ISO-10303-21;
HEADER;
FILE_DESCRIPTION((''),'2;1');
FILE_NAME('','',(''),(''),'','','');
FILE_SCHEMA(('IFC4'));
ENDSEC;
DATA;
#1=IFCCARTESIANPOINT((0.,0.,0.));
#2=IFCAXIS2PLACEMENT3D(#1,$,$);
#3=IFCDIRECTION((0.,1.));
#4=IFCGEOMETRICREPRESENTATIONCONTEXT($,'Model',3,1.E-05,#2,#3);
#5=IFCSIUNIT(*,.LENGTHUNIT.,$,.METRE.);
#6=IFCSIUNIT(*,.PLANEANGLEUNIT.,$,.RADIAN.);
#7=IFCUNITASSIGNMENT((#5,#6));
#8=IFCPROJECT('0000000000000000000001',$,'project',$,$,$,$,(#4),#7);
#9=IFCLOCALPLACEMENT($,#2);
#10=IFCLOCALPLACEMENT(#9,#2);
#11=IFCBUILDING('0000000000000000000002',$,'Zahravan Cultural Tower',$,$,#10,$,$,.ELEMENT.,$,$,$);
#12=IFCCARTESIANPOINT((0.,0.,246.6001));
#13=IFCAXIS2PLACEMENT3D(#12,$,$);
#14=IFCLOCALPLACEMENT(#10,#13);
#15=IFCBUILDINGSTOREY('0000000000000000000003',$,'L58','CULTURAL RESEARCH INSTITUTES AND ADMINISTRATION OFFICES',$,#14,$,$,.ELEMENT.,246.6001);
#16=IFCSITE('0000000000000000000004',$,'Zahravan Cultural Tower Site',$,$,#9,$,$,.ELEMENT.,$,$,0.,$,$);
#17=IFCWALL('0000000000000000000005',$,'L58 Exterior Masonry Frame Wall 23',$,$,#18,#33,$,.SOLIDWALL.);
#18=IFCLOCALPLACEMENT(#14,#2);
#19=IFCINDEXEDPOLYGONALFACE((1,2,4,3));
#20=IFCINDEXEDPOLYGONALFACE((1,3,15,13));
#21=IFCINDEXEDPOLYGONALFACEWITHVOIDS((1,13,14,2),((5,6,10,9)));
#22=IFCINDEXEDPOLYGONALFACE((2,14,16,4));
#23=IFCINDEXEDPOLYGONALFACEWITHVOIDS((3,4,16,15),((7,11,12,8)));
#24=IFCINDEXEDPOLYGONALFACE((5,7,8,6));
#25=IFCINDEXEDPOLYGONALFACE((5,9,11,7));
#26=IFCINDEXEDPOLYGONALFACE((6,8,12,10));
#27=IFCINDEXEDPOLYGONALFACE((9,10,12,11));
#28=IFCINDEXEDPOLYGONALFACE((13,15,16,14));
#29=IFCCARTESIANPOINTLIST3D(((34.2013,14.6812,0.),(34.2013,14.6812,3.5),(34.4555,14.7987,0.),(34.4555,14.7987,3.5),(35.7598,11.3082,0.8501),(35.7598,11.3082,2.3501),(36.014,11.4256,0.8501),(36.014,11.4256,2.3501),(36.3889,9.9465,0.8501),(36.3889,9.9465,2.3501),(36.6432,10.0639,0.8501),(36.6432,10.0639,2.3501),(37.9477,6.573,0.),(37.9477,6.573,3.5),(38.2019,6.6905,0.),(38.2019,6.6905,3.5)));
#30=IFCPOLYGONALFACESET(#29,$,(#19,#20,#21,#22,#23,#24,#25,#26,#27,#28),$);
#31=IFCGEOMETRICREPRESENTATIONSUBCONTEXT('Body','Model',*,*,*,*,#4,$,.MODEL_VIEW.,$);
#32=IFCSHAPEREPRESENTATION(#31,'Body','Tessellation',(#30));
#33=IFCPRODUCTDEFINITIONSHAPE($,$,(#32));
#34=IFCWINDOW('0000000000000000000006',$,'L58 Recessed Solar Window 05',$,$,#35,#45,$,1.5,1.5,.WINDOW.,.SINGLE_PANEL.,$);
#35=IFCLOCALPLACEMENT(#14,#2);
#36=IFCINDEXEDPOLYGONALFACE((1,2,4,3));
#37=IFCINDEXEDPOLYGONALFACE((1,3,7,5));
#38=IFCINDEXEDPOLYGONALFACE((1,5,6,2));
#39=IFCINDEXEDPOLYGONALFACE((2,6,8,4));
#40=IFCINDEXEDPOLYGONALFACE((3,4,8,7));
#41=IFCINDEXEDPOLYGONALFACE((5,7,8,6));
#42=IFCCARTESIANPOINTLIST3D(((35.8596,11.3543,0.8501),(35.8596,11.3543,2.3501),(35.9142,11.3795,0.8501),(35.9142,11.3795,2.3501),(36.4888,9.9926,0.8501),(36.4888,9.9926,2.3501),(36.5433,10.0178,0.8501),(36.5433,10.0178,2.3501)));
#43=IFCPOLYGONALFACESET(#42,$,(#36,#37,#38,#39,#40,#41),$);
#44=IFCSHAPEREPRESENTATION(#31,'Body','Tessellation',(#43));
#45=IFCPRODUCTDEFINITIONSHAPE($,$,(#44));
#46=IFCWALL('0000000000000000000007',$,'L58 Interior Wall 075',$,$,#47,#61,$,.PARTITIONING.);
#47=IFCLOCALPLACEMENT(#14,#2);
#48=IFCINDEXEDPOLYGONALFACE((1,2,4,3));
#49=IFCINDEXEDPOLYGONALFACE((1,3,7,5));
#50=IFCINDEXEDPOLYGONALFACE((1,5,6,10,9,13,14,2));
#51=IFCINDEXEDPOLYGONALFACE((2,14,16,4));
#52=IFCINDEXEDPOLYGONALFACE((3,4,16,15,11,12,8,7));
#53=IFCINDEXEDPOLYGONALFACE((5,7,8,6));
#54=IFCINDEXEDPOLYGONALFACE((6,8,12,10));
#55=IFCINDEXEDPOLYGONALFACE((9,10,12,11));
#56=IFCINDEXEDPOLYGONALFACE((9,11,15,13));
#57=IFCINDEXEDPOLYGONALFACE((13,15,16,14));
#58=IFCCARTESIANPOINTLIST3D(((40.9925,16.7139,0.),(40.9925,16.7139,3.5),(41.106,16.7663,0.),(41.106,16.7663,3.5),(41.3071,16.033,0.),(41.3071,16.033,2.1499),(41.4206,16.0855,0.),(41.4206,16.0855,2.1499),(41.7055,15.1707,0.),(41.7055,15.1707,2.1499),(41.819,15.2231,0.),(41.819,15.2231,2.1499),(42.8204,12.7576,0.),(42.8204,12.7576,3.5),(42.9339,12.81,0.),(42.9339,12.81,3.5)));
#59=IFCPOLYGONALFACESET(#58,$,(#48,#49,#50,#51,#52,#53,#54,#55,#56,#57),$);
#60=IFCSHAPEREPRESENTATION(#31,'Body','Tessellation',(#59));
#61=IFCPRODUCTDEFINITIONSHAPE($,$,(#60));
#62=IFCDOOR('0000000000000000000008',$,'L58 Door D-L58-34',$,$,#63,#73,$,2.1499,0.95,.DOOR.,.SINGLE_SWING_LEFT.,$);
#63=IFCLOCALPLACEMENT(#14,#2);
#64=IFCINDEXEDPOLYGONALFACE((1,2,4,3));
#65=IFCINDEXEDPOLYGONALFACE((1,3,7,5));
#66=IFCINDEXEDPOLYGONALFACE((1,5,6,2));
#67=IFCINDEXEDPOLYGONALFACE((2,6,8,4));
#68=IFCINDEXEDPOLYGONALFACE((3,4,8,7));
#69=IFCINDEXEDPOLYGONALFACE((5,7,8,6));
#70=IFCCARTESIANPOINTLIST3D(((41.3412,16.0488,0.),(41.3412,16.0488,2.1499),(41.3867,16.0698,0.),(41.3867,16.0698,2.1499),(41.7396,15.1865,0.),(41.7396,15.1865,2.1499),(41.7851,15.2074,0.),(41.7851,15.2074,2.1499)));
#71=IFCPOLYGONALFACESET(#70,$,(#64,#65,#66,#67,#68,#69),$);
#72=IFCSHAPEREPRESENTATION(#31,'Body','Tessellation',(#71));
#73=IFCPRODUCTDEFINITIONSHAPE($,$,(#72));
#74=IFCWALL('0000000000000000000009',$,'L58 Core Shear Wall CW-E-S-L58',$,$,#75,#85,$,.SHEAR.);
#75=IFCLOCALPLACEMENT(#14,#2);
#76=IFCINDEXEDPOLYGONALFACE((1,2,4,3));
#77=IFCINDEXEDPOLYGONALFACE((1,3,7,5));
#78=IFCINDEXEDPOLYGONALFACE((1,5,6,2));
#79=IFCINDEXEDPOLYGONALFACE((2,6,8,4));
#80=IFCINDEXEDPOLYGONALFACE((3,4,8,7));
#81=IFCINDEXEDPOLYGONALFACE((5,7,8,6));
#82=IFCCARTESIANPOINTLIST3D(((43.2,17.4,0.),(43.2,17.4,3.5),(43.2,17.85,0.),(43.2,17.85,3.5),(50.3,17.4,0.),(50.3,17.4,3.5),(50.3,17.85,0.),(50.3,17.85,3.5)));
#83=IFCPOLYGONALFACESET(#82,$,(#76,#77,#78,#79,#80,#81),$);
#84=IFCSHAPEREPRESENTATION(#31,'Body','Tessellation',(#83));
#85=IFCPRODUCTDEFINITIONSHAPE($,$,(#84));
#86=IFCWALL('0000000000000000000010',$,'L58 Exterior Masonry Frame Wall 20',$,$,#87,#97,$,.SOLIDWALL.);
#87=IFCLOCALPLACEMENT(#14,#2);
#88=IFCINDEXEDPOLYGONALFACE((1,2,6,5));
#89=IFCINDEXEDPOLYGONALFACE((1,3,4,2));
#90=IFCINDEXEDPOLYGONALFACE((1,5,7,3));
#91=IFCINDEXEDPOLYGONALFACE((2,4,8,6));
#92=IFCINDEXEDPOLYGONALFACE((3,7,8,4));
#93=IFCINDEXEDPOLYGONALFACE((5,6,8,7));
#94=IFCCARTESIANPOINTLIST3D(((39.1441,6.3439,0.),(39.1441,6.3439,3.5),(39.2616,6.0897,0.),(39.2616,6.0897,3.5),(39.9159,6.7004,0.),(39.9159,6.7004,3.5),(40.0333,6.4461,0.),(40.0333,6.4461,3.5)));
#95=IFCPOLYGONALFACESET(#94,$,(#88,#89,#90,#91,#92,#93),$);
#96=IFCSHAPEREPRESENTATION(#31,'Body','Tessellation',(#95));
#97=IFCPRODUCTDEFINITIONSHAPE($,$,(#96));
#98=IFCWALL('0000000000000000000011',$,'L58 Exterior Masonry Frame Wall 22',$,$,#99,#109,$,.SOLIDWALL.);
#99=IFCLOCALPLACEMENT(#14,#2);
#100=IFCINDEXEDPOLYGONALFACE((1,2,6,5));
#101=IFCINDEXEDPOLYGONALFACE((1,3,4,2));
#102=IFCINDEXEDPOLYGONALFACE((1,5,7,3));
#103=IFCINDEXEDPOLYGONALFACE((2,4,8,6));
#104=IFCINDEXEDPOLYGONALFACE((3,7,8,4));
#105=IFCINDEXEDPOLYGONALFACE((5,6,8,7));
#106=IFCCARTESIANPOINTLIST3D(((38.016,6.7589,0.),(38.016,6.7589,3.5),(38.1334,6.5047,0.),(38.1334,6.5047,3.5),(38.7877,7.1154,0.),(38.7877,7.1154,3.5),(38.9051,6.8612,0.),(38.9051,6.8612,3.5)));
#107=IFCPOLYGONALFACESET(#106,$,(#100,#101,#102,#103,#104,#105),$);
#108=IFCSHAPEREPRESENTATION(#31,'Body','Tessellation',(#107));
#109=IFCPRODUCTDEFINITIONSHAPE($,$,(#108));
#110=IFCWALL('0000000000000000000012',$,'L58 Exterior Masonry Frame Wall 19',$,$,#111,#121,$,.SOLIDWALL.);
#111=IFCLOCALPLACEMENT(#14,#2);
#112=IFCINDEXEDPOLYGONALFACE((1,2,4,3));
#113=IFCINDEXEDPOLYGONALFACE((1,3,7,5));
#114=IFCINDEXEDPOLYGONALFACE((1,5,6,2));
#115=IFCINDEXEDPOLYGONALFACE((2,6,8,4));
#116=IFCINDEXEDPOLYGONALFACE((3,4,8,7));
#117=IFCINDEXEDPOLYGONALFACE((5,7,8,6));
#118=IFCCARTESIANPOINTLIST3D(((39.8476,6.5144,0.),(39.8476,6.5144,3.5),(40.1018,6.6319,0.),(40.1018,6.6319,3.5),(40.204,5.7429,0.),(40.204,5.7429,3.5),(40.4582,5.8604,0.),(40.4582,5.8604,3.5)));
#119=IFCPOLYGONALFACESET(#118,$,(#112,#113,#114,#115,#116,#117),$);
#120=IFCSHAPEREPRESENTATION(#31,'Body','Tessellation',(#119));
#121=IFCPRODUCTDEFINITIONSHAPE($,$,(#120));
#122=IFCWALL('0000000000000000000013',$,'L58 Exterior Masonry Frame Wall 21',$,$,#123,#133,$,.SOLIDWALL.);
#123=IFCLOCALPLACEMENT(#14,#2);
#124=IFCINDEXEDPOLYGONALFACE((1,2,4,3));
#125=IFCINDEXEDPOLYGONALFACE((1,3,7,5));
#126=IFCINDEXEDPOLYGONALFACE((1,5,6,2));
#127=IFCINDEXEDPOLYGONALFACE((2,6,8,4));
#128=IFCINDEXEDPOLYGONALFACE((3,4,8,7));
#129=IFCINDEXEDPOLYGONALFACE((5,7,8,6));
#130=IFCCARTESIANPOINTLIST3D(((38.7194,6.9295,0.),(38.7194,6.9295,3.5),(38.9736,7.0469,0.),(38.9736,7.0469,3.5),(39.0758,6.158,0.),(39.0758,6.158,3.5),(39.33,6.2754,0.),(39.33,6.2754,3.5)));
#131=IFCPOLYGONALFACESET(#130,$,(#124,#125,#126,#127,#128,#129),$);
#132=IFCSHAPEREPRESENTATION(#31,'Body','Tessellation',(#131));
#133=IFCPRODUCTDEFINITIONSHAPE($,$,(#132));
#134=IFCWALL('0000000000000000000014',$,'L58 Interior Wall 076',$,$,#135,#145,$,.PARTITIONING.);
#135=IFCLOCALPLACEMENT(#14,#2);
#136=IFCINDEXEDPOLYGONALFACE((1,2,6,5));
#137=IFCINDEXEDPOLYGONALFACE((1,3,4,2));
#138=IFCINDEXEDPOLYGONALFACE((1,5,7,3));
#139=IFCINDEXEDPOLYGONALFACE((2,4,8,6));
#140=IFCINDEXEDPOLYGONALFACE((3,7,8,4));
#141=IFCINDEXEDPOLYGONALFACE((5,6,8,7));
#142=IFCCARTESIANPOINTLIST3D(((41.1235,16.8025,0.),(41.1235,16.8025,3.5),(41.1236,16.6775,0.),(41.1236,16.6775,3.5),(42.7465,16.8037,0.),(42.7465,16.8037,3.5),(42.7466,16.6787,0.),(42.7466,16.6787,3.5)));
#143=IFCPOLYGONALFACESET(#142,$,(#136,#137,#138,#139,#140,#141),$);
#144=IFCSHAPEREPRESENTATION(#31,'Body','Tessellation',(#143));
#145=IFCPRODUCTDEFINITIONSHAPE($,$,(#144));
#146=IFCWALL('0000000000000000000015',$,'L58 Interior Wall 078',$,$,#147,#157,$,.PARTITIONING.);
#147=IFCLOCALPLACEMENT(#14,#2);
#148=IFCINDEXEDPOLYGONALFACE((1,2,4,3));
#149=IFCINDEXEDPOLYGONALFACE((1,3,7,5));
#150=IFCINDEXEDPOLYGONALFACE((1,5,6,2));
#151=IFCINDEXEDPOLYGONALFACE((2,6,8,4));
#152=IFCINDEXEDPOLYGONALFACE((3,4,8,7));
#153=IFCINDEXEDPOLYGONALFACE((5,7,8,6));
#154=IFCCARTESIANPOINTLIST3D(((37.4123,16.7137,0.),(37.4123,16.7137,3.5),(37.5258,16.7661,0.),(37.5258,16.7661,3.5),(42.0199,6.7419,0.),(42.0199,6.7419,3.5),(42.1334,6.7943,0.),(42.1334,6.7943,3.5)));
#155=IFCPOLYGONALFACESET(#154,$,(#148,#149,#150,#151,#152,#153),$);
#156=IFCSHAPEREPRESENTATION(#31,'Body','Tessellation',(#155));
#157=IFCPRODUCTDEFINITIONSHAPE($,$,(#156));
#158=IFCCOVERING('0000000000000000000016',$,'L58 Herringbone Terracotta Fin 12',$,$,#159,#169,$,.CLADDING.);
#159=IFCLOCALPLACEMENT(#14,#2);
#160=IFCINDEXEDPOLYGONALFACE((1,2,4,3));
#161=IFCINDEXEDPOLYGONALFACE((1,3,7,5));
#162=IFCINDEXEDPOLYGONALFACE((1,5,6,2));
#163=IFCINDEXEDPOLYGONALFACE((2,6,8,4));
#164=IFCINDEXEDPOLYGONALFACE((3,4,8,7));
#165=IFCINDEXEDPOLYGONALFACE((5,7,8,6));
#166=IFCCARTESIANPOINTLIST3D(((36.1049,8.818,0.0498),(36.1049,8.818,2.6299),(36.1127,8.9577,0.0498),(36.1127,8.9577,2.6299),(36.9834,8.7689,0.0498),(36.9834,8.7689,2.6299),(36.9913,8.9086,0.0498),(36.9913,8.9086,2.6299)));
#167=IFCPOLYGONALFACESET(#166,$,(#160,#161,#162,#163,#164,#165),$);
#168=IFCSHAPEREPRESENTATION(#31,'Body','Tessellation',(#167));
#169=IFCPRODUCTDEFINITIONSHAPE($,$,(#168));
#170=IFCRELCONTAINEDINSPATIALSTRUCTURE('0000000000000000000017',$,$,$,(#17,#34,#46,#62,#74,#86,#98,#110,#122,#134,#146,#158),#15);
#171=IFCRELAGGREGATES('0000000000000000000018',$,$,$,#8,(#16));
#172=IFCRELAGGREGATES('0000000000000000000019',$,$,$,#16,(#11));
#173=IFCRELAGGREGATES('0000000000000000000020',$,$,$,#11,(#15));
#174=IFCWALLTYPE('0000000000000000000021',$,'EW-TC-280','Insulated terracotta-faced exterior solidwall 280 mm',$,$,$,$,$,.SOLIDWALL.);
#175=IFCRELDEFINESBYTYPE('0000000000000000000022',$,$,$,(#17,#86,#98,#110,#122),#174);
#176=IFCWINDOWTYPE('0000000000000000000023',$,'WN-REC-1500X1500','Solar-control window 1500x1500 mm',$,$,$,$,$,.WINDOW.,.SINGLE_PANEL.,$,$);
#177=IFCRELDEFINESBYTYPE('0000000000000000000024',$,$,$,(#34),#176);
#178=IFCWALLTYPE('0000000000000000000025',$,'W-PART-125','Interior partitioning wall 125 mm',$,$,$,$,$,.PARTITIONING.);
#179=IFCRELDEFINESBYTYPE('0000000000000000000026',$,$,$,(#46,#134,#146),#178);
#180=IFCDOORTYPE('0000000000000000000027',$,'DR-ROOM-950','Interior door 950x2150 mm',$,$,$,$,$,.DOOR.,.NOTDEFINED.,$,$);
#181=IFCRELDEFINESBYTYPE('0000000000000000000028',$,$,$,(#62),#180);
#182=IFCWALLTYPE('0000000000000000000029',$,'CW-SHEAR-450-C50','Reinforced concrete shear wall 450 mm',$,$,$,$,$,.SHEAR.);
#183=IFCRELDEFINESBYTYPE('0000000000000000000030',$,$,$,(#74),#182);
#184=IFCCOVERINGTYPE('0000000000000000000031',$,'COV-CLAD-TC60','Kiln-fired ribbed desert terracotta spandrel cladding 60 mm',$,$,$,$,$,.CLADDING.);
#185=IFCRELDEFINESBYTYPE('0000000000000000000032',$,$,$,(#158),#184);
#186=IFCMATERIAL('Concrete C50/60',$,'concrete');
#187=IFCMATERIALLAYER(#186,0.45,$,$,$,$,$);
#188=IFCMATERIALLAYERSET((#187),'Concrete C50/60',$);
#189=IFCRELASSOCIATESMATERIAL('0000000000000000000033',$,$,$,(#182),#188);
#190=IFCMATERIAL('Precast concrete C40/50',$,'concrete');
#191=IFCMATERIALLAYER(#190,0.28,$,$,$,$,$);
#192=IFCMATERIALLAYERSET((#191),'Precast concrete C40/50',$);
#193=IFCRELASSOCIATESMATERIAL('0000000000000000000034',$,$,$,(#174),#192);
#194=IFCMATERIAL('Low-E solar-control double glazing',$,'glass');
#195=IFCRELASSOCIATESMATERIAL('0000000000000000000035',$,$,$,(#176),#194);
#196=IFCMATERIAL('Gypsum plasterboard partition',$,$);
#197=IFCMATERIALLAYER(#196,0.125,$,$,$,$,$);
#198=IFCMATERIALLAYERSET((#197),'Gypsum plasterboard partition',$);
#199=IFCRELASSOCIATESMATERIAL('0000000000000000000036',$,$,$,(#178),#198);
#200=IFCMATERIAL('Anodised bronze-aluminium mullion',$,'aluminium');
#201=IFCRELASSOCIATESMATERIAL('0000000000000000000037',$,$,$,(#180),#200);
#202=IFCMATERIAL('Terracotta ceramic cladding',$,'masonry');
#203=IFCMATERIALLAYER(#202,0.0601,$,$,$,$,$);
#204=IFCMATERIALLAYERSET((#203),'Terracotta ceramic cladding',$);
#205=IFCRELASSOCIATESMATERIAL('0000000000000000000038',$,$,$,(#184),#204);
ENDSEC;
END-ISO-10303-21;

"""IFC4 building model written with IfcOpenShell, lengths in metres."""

from ifc_helpers import new_model, si_unit, direction, frame, frame_2d, origin, origin_2d, place, context, subcontext, project, spatial, rectangle, extrude, source, transform, mapped, material, layer, layer_set, type_object, element, fill, save


model = new_model("IFC4")

# Units and contexts
model_context = context("Model", 3, precision=1e-05, world=origin(), true_north=direction((0.0, 1.0)))
body_context = subcontext(model_context, "Body", "Model", "MODEL_VIEW")
ifc_project = project(units=[si_unit("LENGTHUNIT", "METRE"), si_unit("PLANEANGLEUNIT", "RADIAN")], contexts=[model_context])

# Site, building, storey
site_placement = place(None, origin())
site = spatial("IfcSite", under=ifc_project, at=site_placement, Name="Zahravan Cultural Tower Site", CompositionType="ELEMENT", RefElevation=0.0)
building_placement = place(site_placement, origin())
building = spatial("IfcBuilding", under=site, at=building_placement, Name="Zahravan Cultural Tower", CompositionType="ELEMENT")
storey_placement = place(building_placement, frame((0.0, 0.0, 246.6001)))
storey = spatial("IfcBuildingStorey", under=building, at=storey_placement, Name="L58", Description="CULTURAL RESEARCH INSTITUTES AND ADMINISTRATION OFFICES", CompositionType="ELEMENT", Elevation=246.6001)

# Shared definitions
ifc_material_1 = material(Name="Concrete C50/60", Category="concrete")

# Shared definitions
ifc_layer_1 = layer(ifc_material_1, 0.45)
ifc_layer_set_1 = layer_set([ifc_layer_1], Name="Concrete C50/60")
wall_type_1 = type_object("IfcWallType", Name="CW-SHEAR-450-C50", Description="Reinforced concrete shear wall 450 mm", PredefinedType="SHEAR", material=ifc_layer_set_1)

# Wall, opening, window
ifc_material_2 = material(Name="Precast concrete C40/50", Category="concrete")
ifc_layer_2 = layer(ifc_material_2, 0.28)
ifc_layer_set_2 = layer_set([ifc_layer_2], Name="Precast concrete C40/50")
wall_type_2 = type_object("IfcWallType", Name="EW-TC-280", Description="Insulated terracotta-faced exterior solidwall 280 mm", PredefinedType="SOLIDWALL", material=ifc_layer_set_2)
wall_1_placement = place(storey_placement, frame((38.0747, 6.6318, 0.0), z_axis=(0.0, 0.0, 1.0), x_axis=(-0.419438, 0.907784, 0.0)))
wall_1 = element("IfcWall", 1, at=wall_1_placement, inside=storey, type_object=wall_type_2, Name="L58 Exterior Masonry Frame Wall 23", PredefinedType="SOLIDWALL", context=body_context, shape_type="SweptSolid", body=[
    extrude(rectangle(XDim=8.9319, YDim=0.28, at=frame_2d((4.4658, 0.0))), origin(), (0.0, 0.0, 1.0), 3.5),
])
opening_1_placement = place(wall_1_placement, frame((3.7161, 0.0, 0.8501)))
opening_1 = element("IfcOpeningElement", 2, at=opening_1_placement, cuts=wall_1, PredefinedType="OPENING", context=body_context, shape_type="SweptSolid", body=[
    extrude(rectangle(XDim=1.5, YDim=1.5, at=frame_2d((0.75, 0.75))), frame((0.0, 0.1499, 0.0), z_axis=(0.0, -1.0, 0.0), x_axis=(1.0, 0.0, 0.0)), (0.0, 0.0, 1.0), 0.3),
])
ifc_material_3 = material(Name="Low-E solar-control double glazing", Category="glass")
window_type = type_object("IfcWindowType", Name="WN-REC-1500X1500", Description="Solar-control window 1500x1500 mm", PartitioningType="SINGLE_PANEL", PredefinedType="WINDOW", material=ifc_material_3)
shared_shape_1 = source(origin(), body_context, "Body", "SweptSolid", [
    extrude(rectangle(XDim=1.5, YDim=1.5, at=frame_2d((0.75, 0.75))), frame((0.0, 0.03, 0.0), z_axis=(0.0, -1.0, 0.0), x_axis=(1.0, 0.0, 0.0)), (0.0, 0.0, 1.0), 0.0601),
])
window_placement = place(opening_1_placement, origin())
window = element("IfcWindow", 3, at=window_placement, inside=storey, type_object=window_type, Name="L58 Recessed Solar Window 05", OverallHeight=1.5, OverallWidth=1.5, PartitioningType="SINGLE_PANEL", PredefinedType="WINDOW", context=body_context, shape_type="MappedRepresentation", body=[
    mapped(shared_shape_1, transform((0.0, 0.0, 0.0), x_axis=(1.0, 0.0, 0.0), y_axis=(0.0, 1.0, 0.0), z_axis=(0.0, 0.0, 1.0), scale=1.0)),
])
fill(opening_1, window)

# Wall, opening, door
ifc_material_4 = material(Name="Gypsum plasterboard partition")
ifc_layer_3 = layer(ifc_material_4, 0.125)
ifc_layer_set_3 = layer_set([ifc_layer_3], Name="Gypsum plasterboard partition")
wall_type_3 = type_object("IfcWallType", Name="W-PART-125", Description="Interior partitioning wall 125 mm", PredefinedType="PARTITIONING", material=ifc_layer_set_3)
wall_2_placement = place(storey_placement, frame((42.8772, 12.7837, 0.0), z_axis=(0.0, 0.0, 1.0), x_axis=(-0.419417, 0.907794, 0.0)))
wall_2 = element("IfcWall", 4, at=wall_2_placement, inside=storey, type_object=wall_type_3, Name="L58 Interior Wall 075", PredefinedType="PARTITIONING", context=body_context, shape_type="SweptSolid", body=[
    extrude(rectangle(XDim=4.3582, YDim=0.125, at=frame_2d((2.1792, 0.0))), origin(), (0.0, 0.0, 1.0), 3.5),
])
opening_2_placement = place(wall_2_placement, frame((2.6582, 0.0, 0.0)))
opening_2 = element("IfcOpeningElement", 5, at=opening_2_placement, cuts=wall_2, PredefinedType="OPENING", context=body_context, shape_type="SweptSolid", body=[
    extrude(rectangle(XDim=0.95, YDim=2.1499, at=frame_2d((0.4751, 1.075))), frame((0.0, 0.0725, 0.0), z_axis=(0.0, -1.0, 0.0), x_axis=(1.0, 0.0, 0.0)), (0.0, 0.0, 1.0), 0.145),
])
ifc_material_5 = material(Name="Anodised bronze-aluminium mullion", Category="aluminium")
door_type_1 = type_object("IfcDoorType", Name="DR-ROOM-950", Description="Interior door 950x2150 mm", OperationType="NOTDEFINED", PredefinedType="DOOR", material=ifc_material_5)
shared_shape_2 = source(origin(), body_context, "Body", "SweptSolid", [
    extrude(rectangle(XDim=0.95, YDim=2.1499, at=frame_2d((0.4751, 1.075))), frame((0.0, 0.0249, 0.0), z_axis=(0.0, -1.0, 0.0), x_axis=(1.0, 0.0, 0.0)), (0.0, 0.0, 1.0), 0.05),
])
door_1_placement = place(opening_2_placement, origin())
door_1 = element("IfcDoor", 6, at=door_1_placement, inside=storey, type_object=door_type_1, Name="L58 Door D-L58-34", OperationType="SINGLE_SWING_LEFT", OverallHeight=2.1499, OverallWidth=0.95, PredefinedType="DOOR", context=body_context, shape_type="MappedRepresentation", body=[
    mapped(shared_shape_2, transform((0.0, 0.0, 0.0), x_axis=(1.0, 0.0, 0.0), y_axis=(0.0, 1.0, 0.0), z_axis=(0.0, 0.0, 1.0), scale=1.0)),
])
fill(opening_2, door_1)

# Walls
shared_shape_3 = source(origin(), body_context, "Body", "SweptSolid", [
    extrude(rectangle(XDim=7.1001, YDim=0.45, at=frame_2d((3.55, 0.0))), origin(), (0.0, 0.0, 1.0), 3.5),
])
wall_3_placement = place(storey_placement, frame((43.2, 17.625, 0.0), z_axis=(0.0, 0.0, 1.0), x_axis=(1.0, 0.0, 0.0)))
element("IfcWall", 7, at=wall_3_placement, inside=storey, type_object=wall_type_1, Name="L58 Core Shear Wall CW-E-S-L58", PredefinedType="SHEAR", context=body_context, shape_type="MappedRepresentation", body=[
    mapped(shared_shape_3, transform((0.0, 0.0, 0.0), x_axis=(1.0, 0.0, 0.0), y_axis=(0.0, 1.0, 0.0), z_axis=(0.0, 0.0, 1.0), scale=1.0)),
])
shared_shape_4 = source(origin(), body_context, "Body", "SweptSolid", [
    extrude(rectangle(XDim=0.8501, YDim=0.28, at=frame_2d((0.425, 0.0))), origin(), (0.0, 0.0, 1.0), 3.5),
])
for number, where, z_axis, x_axis, name in (
    (8, (39.9746, 6.5732, 0.0), (0.0, 0.0, 1.0), (-0.907842, -0.419313, 0.0), "L58 Exterior Masonry Frame Wall 20"),
    (9, (38.8464, 6.9883, 0.0), (0.0, 0.0, 1.0), (-0.907842, -0.419313, 0.0), "L58 Exterior Masonry Frame Wall 22"),
):
    element("IfcWall", number, at=place(storey_placement, frame(where, z_axis=z_axis, x_axis=x_axis)), inside=storey, type_object=wall_type_2, Name=name, PredefinedType="SOLIDWALL", context=body_context, shape_type="MappedRepresentation", body=[
        mapped(shared_shape_4, transform((0.0, 0.0, 0.0), x_axis=(1.0, 0.0, 0.0), y_axis=(0.0, 1.0, 0.0), z_axis=(0.0, 0.0, 1.0), scale=1.0)),
    ])
shared_shape_5 = source(origin(), body_context, "Body", "SweptSolid", [
    extrude(rectangle(XDim=0.8499, YDim=0.28, at=frame_2d((0.4248, 0.0))), origin(), (0.0, 0.0, 1.0), 3.5),
])
for number, where, z_axis, x_axis, name in (
    (10, (40.3311, 5.8018, 0.0), (0.0, 0.0, 1.0), (-0.419422, 0.907791, 0.0), "L58 Exterior Masonry Frame Wall 19"),
    (11, (39.2029, 6.2168, 0.0), (0.0, 0.0, 1.0), (-0.419422, 0.907791, 0.0), "L58 Exterior Masonry Frame Wall 21"),
):
    element("IfcWall", number, at=place(storey_placement, frame(where, z_axis=z_axis, x_axis=x_axis)), inside=storey, type_object=wall_type_2, Name=name, PredefinedType="SOLIDWALL", context=body_context, shape_type="MappedRepresentation", body=[
        mapped(shared_shape_5, transform((0.0, 0.0, 0.0), x_axis=(1.0, 0.0, 0.0), y_axis=(0.0, 1.0, 0.0), z_axis=(0.0, 0.0, 1.0), scale=1.0)),
    ])
shared_shape_6 = source(origin(), body_context, "Body", "SweptSolid", [
    extrude(rectangle(XDim=1.623, YDim=0.125, at=frame_2d((0.8115, 0.0))), origin(), (0.0, 0.0, 1.0), 3.5),
])
wall_4_placement = place(storey_placement, frame((41.1235, 16.74, 0.0), z_axis=(0.0, 0.0, 1.0), x_axis=(1.0, 0.000752, 0.0)))
element("IfcWall", 12, at=wall_4_placement, inside=storey, type_object=wall_type_3, Name="L58 Interior Wall 076", PredefinedType="PARTITIONING", context=body_context, shape_type="MappedRepresentation", body=[
    mapped(shared_shape_6, transform((0.0, 0.0, 0.0), x_axis=(1.0, 0.0, 0.0), y_axis=(0.0, 1.0, 0.0), z_axis=(0.0, 0.0, 1.0), scale=1.0)),
])
shared_shape_7 = source(origin(), body_context, "Body", "SweptSolid", [
    extrude(rectangle(XDim=10.9849, YDim=0.125, at=frame_2d((5.4924, 0.0))), origin(), (0.0, 0.0, 1.0), 3.5),
])
wall_5_placement = place(storey_placement, frame((42.0767, 6.7681, 0.0), z_axis=(0.0, 0.0, 1.0), x_axis=(-0.419451, 0.907778, 0.0)))
element("IfcWall", 13, at=wall_5_placement, inside=storey, type_object=wall_type_3, Name="L58 Interior Wall 078", PredefinedType="PARTITIONING", context=body_context, shape_type="MappedRepresentation", body=[
    mapped(shared_shape_7, transform((0.0, 0.0, 0.0), x_axis=(1.0, 0.0, 0.0), y_axis=(0.0, 1.0, 0.0), z_axis=(0.0, 0.0, 1.0), scale=1.0)),
])

# Covering
ifc_material_6 = material(Name="Terracotta ceramic cladding", Category="masonry")
ifc_layer_4 = layer(ifc_material_6, 0.0601)
ifc_layer_set_4 = layer_set([ifc_layer_4], Name="Terracotta ceramic cladding")
covering_type = type_object("IfcCoveringType", Name="COV-CLAD-TC60", Description="Kiln-fired ribbed desert terracotta spandrel cladding 60 mm", PredefinedType="CLADDING", material=ifc_layer_set_4)
shared_shape_8 = source(origin(), body_context, "Body", "SweptSolid", [
    extrude(rectangle(XDim=0.8799, YDim=0.1399, at=origin_2d()), origin(), (0.0, 0.0, 1.0), 2.5801),
])
covering_1_placement = place(storey_placement, frame((36.5481, 8.8633, 0.0498), z_axis=(0.0, 0.0, 1.0), x_axis=(-0.998441, 0.055822, 0.0)))
element("IfcCovering", 14, at=covering_1_placement, inside=storey, type_object=covering_type, Name="L58 Herringbone Terracotta Fin 12", PredefinedType="CLADDING", context=body_context, shape_type="MappedRepresentation", body=[
    mapped(shared_shape_8, transform((0.0, 0.0, 0.0), x_axis=(1.0, 0.0, 0.0), y_axis=(0.0, 1.0, 0.0), z_axis=(0.0, 0.0, 1.0), scale=1.0)),
])

save(model, "model.ifc")
